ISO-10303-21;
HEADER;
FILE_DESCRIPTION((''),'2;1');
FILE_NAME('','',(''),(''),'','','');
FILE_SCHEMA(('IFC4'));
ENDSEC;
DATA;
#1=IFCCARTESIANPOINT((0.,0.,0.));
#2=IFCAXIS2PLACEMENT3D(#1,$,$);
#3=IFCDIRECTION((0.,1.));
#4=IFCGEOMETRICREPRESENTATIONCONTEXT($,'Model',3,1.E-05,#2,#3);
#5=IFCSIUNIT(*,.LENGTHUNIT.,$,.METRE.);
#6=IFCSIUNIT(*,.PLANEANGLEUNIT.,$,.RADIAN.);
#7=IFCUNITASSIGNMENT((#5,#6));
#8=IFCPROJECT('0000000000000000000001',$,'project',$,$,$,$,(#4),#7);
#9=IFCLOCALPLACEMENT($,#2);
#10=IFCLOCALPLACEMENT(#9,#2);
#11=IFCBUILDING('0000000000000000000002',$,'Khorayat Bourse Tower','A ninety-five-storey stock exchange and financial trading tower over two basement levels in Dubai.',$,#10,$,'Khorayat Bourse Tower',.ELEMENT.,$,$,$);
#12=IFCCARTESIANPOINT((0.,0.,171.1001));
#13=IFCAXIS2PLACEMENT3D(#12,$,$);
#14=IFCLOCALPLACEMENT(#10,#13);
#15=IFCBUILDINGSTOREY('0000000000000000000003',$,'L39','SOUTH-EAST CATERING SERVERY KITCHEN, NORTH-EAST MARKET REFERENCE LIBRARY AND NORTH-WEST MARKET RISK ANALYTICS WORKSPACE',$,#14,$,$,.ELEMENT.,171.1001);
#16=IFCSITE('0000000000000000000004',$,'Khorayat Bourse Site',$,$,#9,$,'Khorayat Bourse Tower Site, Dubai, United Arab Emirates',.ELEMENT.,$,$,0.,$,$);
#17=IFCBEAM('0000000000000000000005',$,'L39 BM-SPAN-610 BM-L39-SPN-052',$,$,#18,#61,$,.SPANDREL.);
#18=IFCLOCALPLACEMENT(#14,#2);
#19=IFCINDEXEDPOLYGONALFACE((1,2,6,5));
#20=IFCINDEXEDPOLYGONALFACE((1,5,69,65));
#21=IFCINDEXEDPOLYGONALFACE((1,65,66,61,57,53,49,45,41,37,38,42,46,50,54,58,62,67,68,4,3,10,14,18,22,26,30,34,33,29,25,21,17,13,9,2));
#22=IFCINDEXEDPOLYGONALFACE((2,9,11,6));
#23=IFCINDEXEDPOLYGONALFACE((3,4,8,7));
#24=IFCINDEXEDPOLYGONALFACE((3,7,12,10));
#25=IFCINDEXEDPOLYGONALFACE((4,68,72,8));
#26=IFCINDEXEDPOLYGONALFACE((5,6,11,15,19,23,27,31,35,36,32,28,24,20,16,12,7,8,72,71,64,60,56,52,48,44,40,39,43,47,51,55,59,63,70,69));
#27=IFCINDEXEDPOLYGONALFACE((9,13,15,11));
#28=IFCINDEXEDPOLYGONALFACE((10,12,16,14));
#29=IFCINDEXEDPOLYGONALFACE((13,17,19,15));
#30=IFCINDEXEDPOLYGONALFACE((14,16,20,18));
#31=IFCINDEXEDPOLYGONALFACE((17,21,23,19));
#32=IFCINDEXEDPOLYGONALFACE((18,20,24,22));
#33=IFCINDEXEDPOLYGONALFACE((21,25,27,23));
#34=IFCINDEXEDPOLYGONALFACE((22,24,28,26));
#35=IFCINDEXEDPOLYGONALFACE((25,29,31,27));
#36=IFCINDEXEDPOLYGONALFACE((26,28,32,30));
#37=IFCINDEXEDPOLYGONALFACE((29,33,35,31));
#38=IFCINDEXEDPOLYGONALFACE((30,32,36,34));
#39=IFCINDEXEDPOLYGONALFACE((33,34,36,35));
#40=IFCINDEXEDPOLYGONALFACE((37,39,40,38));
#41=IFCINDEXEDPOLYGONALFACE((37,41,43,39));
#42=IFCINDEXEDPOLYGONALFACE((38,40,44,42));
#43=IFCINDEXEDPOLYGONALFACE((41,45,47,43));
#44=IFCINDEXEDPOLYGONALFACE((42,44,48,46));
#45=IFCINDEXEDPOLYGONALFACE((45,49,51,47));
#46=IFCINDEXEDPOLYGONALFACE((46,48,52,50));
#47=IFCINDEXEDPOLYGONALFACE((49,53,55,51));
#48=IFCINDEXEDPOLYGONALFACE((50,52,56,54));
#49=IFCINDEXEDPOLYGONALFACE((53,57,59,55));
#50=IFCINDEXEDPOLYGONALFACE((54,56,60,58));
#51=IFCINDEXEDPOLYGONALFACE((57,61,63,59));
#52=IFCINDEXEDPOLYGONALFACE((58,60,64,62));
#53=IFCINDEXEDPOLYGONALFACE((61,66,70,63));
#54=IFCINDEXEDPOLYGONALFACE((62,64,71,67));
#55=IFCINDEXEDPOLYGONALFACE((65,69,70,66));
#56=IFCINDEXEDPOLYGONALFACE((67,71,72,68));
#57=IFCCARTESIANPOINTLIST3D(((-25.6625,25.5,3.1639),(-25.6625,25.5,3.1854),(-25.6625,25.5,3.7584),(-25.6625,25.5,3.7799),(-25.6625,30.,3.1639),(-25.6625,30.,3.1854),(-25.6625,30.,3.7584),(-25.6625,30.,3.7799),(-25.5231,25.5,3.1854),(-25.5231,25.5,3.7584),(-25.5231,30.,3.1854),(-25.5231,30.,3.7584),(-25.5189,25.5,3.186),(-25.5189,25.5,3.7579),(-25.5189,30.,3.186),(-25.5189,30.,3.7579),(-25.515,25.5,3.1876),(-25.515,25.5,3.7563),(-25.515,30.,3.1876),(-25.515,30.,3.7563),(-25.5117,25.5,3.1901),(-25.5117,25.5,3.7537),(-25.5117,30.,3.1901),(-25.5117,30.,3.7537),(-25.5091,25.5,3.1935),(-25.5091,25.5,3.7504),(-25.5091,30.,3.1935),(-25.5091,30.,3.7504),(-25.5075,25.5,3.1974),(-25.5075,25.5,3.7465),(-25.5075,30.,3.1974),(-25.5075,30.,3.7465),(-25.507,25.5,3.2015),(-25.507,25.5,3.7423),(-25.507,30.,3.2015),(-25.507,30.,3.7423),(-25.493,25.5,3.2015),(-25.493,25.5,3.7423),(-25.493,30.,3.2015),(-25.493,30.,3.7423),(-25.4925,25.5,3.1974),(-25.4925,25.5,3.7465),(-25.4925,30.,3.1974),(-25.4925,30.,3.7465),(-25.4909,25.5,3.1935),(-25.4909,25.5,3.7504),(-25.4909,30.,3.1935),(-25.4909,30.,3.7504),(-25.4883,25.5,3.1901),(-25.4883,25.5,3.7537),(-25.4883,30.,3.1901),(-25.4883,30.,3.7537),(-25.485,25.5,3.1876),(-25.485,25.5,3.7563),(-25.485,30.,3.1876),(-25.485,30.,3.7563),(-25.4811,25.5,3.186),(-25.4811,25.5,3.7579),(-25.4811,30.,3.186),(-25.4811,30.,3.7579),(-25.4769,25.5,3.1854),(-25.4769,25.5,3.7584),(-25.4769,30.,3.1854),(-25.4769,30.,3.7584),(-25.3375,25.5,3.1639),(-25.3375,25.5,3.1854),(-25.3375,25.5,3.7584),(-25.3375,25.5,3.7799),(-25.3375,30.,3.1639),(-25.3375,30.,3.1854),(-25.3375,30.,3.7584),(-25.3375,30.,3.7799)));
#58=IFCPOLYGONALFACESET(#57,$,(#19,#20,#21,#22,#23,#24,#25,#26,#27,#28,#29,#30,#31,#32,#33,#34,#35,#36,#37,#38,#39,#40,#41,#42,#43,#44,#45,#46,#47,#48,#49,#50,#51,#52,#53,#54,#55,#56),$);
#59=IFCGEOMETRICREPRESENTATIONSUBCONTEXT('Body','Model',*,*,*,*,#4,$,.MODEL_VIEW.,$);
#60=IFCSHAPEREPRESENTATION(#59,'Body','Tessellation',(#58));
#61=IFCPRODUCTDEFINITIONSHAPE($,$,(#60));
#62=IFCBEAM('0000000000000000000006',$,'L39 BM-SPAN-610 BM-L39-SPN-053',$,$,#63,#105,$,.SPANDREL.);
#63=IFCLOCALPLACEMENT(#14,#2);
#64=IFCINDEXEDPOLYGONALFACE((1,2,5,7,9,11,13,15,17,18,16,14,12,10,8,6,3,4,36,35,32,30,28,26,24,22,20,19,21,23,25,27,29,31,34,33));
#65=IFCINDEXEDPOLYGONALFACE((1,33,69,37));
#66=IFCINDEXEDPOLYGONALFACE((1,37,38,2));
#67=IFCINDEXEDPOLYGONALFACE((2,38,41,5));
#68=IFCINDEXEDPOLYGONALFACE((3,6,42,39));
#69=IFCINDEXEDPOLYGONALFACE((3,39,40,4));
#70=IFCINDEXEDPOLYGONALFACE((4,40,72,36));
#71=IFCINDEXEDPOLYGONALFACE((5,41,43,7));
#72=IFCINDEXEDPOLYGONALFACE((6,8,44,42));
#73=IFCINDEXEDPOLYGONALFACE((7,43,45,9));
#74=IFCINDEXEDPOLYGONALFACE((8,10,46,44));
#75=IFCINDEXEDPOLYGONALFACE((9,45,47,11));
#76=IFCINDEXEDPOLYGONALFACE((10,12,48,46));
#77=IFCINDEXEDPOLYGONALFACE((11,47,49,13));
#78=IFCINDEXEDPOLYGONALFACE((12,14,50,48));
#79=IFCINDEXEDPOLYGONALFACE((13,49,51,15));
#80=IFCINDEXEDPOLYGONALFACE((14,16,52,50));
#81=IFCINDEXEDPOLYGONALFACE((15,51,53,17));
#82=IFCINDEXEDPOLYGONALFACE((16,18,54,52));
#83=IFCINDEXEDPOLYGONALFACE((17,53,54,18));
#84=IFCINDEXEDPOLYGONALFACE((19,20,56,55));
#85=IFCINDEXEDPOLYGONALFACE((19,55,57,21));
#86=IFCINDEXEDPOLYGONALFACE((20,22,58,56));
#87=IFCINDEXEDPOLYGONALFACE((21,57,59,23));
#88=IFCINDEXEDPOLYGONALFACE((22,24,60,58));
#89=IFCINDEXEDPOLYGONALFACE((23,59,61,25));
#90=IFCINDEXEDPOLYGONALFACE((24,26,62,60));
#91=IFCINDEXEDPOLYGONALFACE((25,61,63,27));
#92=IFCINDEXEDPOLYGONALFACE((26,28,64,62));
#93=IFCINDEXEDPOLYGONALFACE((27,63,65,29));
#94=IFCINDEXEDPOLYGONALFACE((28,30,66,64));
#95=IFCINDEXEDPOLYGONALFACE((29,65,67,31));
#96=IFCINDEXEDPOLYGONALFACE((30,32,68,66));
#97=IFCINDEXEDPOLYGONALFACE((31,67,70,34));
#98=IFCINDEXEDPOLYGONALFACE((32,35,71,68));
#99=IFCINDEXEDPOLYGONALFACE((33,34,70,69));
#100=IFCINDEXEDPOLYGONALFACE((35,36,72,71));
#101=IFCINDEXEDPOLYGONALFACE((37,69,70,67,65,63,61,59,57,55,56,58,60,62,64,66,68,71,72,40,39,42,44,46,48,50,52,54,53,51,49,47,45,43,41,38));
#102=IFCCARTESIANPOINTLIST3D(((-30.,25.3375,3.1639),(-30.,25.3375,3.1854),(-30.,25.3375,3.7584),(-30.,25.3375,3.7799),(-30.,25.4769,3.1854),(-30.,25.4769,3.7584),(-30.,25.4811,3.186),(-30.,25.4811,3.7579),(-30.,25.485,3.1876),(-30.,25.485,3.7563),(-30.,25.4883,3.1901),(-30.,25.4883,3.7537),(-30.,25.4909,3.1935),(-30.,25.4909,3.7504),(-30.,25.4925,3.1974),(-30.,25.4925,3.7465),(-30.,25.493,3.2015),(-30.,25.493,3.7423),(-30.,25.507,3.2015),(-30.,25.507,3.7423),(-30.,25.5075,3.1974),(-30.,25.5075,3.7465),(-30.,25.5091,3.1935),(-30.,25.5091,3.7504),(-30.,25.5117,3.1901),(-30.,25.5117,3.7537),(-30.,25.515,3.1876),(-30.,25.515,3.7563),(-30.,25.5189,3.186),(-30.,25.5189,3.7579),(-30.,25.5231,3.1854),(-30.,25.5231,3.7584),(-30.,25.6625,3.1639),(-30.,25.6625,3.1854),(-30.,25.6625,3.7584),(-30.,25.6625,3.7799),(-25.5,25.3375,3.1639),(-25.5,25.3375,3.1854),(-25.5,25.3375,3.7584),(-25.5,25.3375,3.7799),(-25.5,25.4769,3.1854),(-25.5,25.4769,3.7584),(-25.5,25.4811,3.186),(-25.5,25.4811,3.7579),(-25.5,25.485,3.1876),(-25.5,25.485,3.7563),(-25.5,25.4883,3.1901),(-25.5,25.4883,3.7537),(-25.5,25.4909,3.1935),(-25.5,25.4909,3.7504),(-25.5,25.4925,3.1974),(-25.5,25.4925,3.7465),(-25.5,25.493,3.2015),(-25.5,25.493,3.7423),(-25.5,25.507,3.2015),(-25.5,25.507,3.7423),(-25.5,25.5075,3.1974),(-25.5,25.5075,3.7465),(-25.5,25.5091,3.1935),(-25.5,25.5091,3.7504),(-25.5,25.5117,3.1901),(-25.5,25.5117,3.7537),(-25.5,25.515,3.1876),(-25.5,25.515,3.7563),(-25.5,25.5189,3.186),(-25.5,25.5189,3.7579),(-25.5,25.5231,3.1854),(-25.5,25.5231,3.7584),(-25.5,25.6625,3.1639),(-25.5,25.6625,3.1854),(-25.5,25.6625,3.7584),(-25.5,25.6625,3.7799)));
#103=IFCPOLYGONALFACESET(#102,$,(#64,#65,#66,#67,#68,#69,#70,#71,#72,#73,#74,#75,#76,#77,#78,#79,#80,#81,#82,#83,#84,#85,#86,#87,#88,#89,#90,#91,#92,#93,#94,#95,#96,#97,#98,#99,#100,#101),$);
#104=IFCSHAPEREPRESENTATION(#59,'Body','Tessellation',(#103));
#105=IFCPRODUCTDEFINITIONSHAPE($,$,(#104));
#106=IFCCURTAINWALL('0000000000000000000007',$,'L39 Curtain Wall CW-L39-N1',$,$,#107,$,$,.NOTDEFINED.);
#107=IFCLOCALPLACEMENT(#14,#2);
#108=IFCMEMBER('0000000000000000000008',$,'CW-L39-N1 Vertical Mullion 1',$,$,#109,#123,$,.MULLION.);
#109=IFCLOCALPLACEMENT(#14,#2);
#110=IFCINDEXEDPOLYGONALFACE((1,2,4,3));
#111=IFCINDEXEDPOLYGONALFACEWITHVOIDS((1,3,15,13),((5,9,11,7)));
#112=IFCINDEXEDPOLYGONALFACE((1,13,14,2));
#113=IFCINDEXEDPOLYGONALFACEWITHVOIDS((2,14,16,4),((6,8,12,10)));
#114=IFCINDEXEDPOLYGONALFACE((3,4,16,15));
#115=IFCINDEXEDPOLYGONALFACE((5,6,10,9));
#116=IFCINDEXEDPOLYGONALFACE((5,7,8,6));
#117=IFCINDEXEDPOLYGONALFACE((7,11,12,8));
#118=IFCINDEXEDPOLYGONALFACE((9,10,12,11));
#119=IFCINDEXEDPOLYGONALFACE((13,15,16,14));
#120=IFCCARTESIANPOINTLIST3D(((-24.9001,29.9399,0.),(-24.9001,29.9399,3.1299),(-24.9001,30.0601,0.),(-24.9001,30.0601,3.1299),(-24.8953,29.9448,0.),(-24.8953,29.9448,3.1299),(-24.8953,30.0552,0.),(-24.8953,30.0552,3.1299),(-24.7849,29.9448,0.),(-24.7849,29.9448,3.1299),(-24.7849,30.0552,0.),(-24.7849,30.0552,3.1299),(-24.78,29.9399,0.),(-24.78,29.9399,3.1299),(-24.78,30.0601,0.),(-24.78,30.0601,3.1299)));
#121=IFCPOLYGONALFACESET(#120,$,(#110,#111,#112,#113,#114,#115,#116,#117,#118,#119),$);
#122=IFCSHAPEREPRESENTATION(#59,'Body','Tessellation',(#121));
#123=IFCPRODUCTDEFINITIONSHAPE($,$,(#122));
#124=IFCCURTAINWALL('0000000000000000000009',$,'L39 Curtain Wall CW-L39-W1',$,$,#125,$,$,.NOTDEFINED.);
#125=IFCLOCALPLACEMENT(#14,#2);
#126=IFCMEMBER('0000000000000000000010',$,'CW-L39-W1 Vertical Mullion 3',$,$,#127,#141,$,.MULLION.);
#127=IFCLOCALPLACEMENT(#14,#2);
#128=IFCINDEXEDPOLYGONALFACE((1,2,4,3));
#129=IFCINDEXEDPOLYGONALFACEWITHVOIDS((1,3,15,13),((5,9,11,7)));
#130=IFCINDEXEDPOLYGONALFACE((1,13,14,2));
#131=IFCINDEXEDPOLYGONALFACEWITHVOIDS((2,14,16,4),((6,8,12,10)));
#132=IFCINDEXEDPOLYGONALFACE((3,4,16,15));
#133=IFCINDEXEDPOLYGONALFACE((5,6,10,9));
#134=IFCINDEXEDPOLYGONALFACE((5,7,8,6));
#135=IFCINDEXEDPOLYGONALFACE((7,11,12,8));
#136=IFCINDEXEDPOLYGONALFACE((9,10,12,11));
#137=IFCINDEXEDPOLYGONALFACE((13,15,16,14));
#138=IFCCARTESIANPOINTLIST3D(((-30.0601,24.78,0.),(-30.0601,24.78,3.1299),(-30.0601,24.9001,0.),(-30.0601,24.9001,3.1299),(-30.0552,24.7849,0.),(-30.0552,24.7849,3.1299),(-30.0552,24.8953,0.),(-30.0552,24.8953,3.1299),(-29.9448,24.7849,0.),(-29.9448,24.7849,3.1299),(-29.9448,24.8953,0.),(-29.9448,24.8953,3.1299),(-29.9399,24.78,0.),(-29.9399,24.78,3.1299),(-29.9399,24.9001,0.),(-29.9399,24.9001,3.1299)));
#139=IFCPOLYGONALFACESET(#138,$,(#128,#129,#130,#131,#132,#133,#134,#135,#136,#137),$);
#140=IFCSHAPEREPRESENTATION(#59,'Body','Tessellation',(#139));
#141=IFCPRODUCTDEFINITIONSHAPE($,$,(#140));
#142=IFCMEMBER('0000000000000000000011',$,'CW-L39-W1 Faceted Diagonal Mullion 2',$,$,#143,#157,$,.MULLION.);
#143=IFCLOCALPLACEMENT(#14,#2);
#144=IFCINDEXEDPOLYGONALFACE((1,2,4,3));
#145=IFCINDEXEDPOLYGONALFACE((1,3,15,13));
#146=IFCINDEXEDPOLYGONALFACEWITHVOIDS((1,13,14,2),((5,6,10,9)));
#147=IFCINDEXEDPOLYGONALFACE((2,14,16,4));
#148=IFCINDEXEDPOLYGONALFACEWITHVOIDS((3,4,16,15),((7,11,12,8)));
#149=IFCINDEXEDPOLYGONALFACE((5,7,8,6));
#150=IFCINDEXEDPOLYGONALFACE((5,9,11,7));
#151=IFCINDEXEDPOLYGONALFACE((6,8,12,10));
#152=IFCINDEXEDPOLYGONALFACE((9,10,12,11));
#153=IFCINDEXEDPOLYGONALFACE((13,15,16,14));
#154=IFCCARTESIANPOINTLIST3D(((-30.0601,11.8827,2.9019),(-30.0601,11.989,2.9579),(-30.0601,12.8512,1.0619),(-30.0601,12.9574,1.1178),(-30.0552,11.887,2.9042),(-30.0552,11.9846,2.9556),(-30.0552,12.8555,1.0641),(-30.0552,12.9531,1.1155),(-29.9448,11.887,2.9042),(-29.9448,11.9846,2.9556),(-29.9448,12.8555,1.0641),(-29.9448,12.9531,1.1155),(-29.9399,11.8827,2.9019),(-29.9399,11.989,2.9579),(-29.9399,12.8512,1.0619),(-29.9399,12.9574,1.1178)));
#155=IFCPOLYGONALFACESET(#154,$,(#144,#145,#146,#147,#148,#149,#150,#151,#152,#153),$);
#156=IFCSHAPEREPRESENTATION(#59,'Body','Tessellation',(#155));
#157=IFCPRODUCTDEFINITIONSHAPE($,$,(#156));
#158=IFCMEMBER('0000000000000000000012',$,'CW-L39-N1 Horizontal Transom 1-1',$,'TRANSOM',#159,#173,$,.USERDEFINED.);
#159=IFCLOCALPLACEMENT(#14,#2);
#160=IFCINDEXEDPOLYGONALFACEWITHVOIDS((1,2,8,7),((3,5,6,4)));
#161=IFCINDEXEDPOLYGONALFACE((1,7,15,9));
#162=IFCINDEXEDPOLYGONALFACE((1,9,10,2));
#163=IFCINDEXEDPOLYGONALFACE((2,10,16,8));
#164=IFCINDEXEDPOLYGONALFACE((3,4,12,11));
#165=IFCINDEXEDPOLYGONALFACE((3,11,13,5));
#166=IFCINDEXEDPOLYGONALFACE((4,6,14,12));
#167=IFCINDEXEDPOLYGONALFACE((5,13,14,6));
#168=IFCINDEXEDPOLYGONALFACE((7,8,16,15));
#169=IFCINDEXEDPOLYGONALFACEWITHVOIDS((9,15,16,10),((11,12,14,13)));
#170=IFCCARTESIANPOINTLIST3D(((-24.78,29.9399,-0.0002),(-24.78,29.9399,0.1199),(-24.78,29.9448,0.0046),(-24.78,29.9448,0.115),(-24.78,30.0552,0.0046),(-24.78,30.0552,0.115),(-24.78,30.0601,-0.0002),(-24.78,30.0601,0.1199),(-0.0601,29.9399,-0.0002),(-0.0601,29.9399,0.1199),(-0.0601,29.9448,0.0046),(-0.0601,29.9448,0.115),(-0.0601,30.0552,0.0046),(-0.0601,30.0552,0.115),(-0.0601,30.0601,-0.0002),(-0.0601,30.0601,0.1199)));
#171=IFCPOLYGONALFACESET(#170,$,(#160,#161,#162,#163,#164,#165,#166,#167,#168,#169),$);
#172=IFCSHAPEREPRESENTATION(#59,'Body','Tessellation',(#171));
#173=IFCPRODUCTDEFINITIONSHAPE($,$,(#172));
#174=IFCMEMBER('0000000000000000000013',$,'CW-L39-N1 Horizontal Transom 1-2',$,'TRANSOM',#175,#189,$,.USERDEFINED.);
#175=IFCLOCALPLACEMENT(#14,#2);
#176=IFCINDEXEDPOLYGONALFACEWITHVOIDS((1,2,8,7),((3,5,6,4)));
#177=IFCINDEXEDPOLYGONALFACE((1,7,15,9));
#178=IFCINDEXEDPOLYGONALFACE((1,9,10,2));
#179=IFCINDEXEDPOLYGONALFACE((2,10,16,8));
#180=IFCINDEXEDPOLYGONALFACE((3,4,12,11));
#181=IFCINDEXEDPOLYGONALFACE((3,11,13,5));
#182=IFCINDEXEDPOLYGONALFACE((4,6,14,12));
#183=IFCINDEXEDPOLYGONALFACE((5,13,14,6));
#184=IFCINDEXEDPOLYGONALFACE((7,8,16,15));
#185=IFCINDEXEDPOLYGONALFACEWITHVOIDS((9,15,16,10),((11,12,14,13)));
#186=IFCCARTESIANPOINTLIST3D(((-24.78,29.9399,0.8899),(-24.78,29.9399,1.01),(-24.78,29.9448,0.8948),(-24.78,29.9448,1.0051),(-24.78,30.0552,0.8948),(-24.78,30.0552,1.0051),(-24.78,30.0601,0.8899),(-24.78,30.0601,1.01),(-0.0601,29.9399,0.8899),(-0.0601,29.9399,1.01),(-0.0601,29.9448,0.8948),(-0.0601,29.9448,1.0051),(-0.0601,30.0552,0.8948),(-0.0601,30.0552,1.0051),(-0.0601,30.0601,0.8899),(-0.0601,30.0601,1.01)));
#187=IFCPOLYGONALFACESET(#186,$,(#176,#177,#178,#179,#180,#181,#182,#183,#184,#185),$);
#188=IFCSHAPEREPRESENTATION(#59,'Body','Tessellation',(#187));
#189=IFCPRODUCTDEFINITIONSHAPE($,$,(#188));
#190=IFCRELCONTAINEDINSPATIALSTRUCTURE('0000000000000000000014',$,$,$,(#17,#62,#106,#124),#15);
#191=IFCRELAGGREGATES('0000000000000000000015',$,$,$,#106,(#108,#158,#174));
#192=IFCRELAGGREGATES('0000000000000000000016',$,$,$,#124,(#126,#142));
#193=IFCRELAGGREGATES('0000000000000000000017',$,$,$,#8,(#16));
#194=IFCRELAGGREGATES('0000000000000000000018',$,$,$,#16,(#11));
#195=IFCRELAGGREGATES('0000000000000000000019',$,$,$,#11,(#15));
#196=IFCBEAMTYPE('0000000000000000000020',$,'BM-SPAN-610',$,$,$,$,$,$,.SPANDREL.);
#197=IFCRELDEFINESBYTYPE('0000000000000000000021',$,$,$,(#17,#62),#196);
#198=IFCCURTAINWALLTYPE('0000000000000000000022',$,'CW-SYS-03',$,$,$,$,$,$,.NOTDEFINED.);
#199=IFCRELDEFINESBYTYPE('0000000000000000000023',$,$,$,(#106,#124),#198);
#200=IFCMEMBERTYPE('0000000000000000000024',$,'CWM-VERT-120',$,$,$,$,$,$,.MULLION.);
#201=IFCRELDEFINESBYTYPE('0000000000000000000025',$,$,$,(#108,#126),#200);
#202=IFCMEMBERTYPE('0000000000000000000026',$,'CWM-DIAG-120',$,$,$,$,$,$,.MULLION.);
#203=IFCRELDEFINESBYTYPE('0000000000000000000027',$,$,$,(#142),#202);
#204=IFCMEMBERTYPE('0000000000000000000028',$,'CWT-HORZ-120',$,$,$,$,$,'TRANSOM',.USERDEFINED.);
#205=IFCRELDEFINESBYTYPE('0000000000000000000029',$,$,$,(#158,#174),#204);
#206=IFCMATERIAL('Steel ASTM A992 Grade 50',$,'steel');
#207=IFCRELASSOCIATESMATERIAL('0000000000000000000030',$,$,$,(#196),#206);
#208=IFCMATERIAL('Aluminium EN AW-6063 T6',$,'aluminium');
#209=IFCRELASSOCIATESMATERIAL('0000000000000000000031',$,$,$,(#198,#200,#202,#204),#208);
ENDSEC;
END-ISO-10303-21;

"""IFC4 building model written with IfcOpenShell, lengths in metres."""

from ifc_helpers import new_model, si_unit, direction, frame, origin, origin_2d, place, context, subcontext, project, spatial, hollow_rectangle, i_section, extrude, source, transform, mapped, material, material_profile, profile_set, type_object, element, aggregate, save


model = new_model("IFC4")

# Units and contexts
model_context = context("Model", 3, precision=1e-05, world=origin(), true_north=direction((0.0, 1.0)))
body_context = subcontext(model_context, "Body", "Model", "MODEL_VIEW")
ifc_project = project(units=[si_unit("LENGTHUNIT", "METRE"), si_unit("PLANEANGLEUNIT", "RADIAN")], contexts=[model_context])

# Site, building, storey
site_placement = place(None, origin())
site = spatial("IfcSite", under=ifc_project, at=site_placement, Name="Khorayat Bourse Site", LongName="Khorayat Bourse Tower Site, Dubai, United Arab Emirates", CompositionType="ELEMENT", RefElevation=0.0)
building_placement = place(site_placement, origin())
building = spatial("IfcBuilding", under=site, at=building_placement, Name="Khorayat Bourse Tower", Description="A ninety-five-storey stock exchange and financial trading tower over two basement levels in Dubai.", LongName="Khorayat Bourse Tower", CompositionType="ELEMENT")
storey_placement = place(building_placement, frame((0.0, 0.0, 171.1001)))
storey = spatial("IfcBuildingStorey", under=building, at=storey_placement, Name="L39", Description="SOUTH-EAST CATERING SERVERY KITCHEN, NORTH-EAST MARKET REFERENCE LIBRARY AND NORTH-WEST MARKET RISK ANALYTICS WORKSPACE", CompositionType="ELEMENT", Elevation=171.1001)

# Beams
ifc_material_1 = material(Name="Steel ASTM A992 Grade 50", Category="steel")
ifc_material_profile_1 = material_profile(ifc_material_1, i_section(OverallWidth=0.325, OverallDepth=0.616, WebThickness=0.0139, FlangeThickness=0.0215, FilletRadius=0.0161, at=origin_2d()), Name="W610X174")
ifc_profile_set_1 = profile_set([ifc_material_profile_1], Name="Steel ASTM A992 Grade 50")
beam_type_1 = type_object("IfcBeamType", Name="BM-SPAN-610", PredefinedType="SPANDREL", material=ifc_profile_set_1)
shared_shape_1 = source(origin(), body_context, "Body", "SweptSolid", [
    extrude(i_section(OverallWidth=0.325, OverallDepth=0.616, WebThickness=0.0139, FlangeThickness=0.0215, FilletRadius=0.0161, at=origin_2d()), origin(), (0.0, 0.0, 1.0), 4.5),
])
for number, where, z_axis, x_axis, name in (
    (1, (-25.5, 25.5, 3.4719), (0.0, 1.0, 0.0), (-1.0, 0.0, 0.0), "L39 BM-SPAN-610 BM-L39-SPN-052"),
    (2, (-30.0, 25.5, 3.4719), (1.0, 0.0, 0.0), (0.0, 1.0, 0.0), "L39 BM-SPAN-610 BM-L39-SPN-053"),
):
    element("IfcBeam", number, at=place(storey_placement, frame(where, z_axis=z_axis, x_axis=x_axis)), inside=storey, type_object=beam_type_1, Name=name, PredefinedType="SPANDREL", context=body_context, shape_type="MappedRepresentation", body=[
        mapped(shared_shape_1, transform((0.0, 0.0, 0.0), scale=1.0)),
    ])

# Curtain wall, member
ifc_material_2 = material(Name="Aluminium EN AW-6063 T6", Category="aluminium")
curtain_wall_type = type_object("IfcCurtainWallType", Name="CW-SYS-03", PredefinedType="NOTDEFINED", material=ifc_material_2)
curtain_wall_1_placement = place(storey_placement, origin())
curtain_wall_1 = element("IfcCurtainWall", 3, at=curtain_wall_1_placement, inside=storey, type_object=curtain_wall_type, Name="L39 Curtain Wall CW-L39-N1", PredefinedType="NOTDEFINED")
ifc_material_profile_2 = material_profile(ifc_material_2, hollow_rectangle(XDim=0.1201, YDim=0.1201, WallThickness=0.0049, at=origin_2d()), Name="ALU 120x120x5")
ifc_profile_set_2 = profile_set([ifc_material_profile_2], Name="Aluminium EN AW-6063 T6")
member_type_1 = type_object("IfcMemberType", Name="CWM-VERT-120", PredefinedType="MULLION", material=ifc_profile_set_2)
shared_shape_2 = source(origin(), body_context, "Body", "SweptSolid", [
    extrude(hollow_rectangle(XDim=0.1201, YDim=0.1201, WallThickness=0.0049, at=origin_2d()), origin(), (0.0, 0.0, 1.0), 3.1299),
])
member_1_placement = place(storey_placement, frame((-24.8401, 30.0, 0.0), z_axis=(0.0, 0.0, 1.0), x_axis=(0.0, 1.0, 0.0)))
member_1 = element("IfcMember", 4, at=member_1_placement, type_object=member_type_1, Name="CW-L39-N1 Vertical Mullion 1", PredefinedType="MULLION", context=body_context, shape_type="MappedRepresentation", body=[
    mapped(shared_shape_2, transform((0.0, 0.0, 0.0), scale=1.0)),
])

# Curtain wall, members
curtain_wall_2_placement = place(storey_placement, origin())
curtain_wall_2 = element("IfcCurtainWall", 5, at=curtain_wall_2_placement, inside=storey, type_object=curtain_wall_type, Name="L39 Curtain Wall CW-L39-W1", PredefinedType="NOTDEFINED")
member_2_placement = place(storey_placement, frame((-30.0, 24.8401, 0.0), z_axis=(0.0, 0.0, 1.0), x_axis=(-1.0, 0.0, 0.0)))
member_2 = element("IfcMember", 6, at=member_2_placement, type_object=member_type_1, Name="CW-L39-W1 Vertical Mullion 3", PredefinedType="MULLION", context=body_context, shape_type="MappedRepresentation", body=[
    mapped(shared_shape_2, transform((0.0, 0.0, 0.0), scale=1.0)),
])
ifc_material_profile_3 = material_profile(ifc_material_2, hollow_rectangle(XDim=0.1201, YDim=0.1201, WallThickness=0.0049, at=origin_2d()), Name="ALU 120x120x5")
ifc_profile_set_3 = profile_set([ifc_material_profile_3], Name="Aluminium EN AW-6063 T6")
member_type_2 = type_object("IfcMemberType", Name="CWM-DIAG-120", PredefinedType="MULLION", material=ifc_profile_set_3)
shared_shape_3 = source(origin(), body_context, "Body", "SweptSolid", [
    extrude(hollow_rectangle(XDim=0.1201, YDim=0.1201, WallThickness=0.0049, at=origin_2d()), origin(), (0.0, 0.0, 1.0), 2.0793),
])
member_3_placement = place(storey_placement, frame((-30.0, 12.9043, 1.0898), z_axis=(0.0, -0.465761, 0.884911), x_axis=(1.0, 0.0, 0.0)))
member_3 = element("IfcMember", 7, at=member_3_placement, type_object=member_type_2, Name="CW-L39-W1 Faceted Diagonal Mullion 2", PredefinedType="MULLION", context=body_context, shape_type="MappedRepresentation", body=[
    mapped(shared_shape_3, transform((0.0, 0.0, 0.0), scale=1.0)),
])

# Members
ifc_material_profile_4 = material_profile(ifc_material_2, hollow_rectangle(XDim=0.1201, YDim=0.1201, WallThickness=0.0049, at=origin_2d()), Name="ALU 120x120x5")
ifc_profile_set_4 = profile_set([ifc_material_profile_4], Name="Aluminium EN AW-6063 T6")
member_type_3 = type_object("IfcMemberType", Name="CWT-HORZ-120", ElementType="TRANSOM", PredefinedType="USERDEFINED", material=ifc_profile_set_4)
shared_shape_4 = source(origin(), body_context, "Body", "SweptSolid", [
    extrude(hollow_rectangle(XDim=0.1201, YDim=0.1201, WallThickness=0.0049, at=origin_2d()), origin(), (0.0, 0.0, 1.0), 24.72),
])
member_4_placement = place(storey_placement, frame((-24.78, 30.0, 0.0598), z_axis=(1.0, 0.0, 0.0), x_axis=(0.0, 1.0, 0.0)))
member_4 = element("IfcMember", 8, at=member_4_placement, type_object=member_type_3, Name="CW-L39-N1 Horizontal Transom 1-1", ObjectType="TRANSOM", PredefinedType="USERDEFINED", context=body_context, shape_type="MappedRepresentation", body=[
    mapped(shared_shape_4, transform((0.0, 0.0, 0.0), scale=1.0)),
])
member_5_placement = place(storey_placement, frame((-24.78, 30.0, 0.95), z_axis=(1.0, 0.0, 0.0), x_axis=(0.0, 1.0, 0.0)))
member_5 = element("IfcMember", 9, at=member_5_placement, type_object=member_type_3, Name="CW-L39-N1 Horizontal Transom 1-2", ObjectType="TRANSOM", PredefinedType="USERDEFINED", context=body_context, shape_type="MappedRepresentation", body=[
    mapped(shared_shape_4, transform((0.0, 0.0, 0.0), scale=1.0)),
])
aggregate(curtain_wall_1, [member_1, member_4, member_5])

aggregate(curtain_wall_2, [member_2, member_3])

save(model, "model.ifc")
